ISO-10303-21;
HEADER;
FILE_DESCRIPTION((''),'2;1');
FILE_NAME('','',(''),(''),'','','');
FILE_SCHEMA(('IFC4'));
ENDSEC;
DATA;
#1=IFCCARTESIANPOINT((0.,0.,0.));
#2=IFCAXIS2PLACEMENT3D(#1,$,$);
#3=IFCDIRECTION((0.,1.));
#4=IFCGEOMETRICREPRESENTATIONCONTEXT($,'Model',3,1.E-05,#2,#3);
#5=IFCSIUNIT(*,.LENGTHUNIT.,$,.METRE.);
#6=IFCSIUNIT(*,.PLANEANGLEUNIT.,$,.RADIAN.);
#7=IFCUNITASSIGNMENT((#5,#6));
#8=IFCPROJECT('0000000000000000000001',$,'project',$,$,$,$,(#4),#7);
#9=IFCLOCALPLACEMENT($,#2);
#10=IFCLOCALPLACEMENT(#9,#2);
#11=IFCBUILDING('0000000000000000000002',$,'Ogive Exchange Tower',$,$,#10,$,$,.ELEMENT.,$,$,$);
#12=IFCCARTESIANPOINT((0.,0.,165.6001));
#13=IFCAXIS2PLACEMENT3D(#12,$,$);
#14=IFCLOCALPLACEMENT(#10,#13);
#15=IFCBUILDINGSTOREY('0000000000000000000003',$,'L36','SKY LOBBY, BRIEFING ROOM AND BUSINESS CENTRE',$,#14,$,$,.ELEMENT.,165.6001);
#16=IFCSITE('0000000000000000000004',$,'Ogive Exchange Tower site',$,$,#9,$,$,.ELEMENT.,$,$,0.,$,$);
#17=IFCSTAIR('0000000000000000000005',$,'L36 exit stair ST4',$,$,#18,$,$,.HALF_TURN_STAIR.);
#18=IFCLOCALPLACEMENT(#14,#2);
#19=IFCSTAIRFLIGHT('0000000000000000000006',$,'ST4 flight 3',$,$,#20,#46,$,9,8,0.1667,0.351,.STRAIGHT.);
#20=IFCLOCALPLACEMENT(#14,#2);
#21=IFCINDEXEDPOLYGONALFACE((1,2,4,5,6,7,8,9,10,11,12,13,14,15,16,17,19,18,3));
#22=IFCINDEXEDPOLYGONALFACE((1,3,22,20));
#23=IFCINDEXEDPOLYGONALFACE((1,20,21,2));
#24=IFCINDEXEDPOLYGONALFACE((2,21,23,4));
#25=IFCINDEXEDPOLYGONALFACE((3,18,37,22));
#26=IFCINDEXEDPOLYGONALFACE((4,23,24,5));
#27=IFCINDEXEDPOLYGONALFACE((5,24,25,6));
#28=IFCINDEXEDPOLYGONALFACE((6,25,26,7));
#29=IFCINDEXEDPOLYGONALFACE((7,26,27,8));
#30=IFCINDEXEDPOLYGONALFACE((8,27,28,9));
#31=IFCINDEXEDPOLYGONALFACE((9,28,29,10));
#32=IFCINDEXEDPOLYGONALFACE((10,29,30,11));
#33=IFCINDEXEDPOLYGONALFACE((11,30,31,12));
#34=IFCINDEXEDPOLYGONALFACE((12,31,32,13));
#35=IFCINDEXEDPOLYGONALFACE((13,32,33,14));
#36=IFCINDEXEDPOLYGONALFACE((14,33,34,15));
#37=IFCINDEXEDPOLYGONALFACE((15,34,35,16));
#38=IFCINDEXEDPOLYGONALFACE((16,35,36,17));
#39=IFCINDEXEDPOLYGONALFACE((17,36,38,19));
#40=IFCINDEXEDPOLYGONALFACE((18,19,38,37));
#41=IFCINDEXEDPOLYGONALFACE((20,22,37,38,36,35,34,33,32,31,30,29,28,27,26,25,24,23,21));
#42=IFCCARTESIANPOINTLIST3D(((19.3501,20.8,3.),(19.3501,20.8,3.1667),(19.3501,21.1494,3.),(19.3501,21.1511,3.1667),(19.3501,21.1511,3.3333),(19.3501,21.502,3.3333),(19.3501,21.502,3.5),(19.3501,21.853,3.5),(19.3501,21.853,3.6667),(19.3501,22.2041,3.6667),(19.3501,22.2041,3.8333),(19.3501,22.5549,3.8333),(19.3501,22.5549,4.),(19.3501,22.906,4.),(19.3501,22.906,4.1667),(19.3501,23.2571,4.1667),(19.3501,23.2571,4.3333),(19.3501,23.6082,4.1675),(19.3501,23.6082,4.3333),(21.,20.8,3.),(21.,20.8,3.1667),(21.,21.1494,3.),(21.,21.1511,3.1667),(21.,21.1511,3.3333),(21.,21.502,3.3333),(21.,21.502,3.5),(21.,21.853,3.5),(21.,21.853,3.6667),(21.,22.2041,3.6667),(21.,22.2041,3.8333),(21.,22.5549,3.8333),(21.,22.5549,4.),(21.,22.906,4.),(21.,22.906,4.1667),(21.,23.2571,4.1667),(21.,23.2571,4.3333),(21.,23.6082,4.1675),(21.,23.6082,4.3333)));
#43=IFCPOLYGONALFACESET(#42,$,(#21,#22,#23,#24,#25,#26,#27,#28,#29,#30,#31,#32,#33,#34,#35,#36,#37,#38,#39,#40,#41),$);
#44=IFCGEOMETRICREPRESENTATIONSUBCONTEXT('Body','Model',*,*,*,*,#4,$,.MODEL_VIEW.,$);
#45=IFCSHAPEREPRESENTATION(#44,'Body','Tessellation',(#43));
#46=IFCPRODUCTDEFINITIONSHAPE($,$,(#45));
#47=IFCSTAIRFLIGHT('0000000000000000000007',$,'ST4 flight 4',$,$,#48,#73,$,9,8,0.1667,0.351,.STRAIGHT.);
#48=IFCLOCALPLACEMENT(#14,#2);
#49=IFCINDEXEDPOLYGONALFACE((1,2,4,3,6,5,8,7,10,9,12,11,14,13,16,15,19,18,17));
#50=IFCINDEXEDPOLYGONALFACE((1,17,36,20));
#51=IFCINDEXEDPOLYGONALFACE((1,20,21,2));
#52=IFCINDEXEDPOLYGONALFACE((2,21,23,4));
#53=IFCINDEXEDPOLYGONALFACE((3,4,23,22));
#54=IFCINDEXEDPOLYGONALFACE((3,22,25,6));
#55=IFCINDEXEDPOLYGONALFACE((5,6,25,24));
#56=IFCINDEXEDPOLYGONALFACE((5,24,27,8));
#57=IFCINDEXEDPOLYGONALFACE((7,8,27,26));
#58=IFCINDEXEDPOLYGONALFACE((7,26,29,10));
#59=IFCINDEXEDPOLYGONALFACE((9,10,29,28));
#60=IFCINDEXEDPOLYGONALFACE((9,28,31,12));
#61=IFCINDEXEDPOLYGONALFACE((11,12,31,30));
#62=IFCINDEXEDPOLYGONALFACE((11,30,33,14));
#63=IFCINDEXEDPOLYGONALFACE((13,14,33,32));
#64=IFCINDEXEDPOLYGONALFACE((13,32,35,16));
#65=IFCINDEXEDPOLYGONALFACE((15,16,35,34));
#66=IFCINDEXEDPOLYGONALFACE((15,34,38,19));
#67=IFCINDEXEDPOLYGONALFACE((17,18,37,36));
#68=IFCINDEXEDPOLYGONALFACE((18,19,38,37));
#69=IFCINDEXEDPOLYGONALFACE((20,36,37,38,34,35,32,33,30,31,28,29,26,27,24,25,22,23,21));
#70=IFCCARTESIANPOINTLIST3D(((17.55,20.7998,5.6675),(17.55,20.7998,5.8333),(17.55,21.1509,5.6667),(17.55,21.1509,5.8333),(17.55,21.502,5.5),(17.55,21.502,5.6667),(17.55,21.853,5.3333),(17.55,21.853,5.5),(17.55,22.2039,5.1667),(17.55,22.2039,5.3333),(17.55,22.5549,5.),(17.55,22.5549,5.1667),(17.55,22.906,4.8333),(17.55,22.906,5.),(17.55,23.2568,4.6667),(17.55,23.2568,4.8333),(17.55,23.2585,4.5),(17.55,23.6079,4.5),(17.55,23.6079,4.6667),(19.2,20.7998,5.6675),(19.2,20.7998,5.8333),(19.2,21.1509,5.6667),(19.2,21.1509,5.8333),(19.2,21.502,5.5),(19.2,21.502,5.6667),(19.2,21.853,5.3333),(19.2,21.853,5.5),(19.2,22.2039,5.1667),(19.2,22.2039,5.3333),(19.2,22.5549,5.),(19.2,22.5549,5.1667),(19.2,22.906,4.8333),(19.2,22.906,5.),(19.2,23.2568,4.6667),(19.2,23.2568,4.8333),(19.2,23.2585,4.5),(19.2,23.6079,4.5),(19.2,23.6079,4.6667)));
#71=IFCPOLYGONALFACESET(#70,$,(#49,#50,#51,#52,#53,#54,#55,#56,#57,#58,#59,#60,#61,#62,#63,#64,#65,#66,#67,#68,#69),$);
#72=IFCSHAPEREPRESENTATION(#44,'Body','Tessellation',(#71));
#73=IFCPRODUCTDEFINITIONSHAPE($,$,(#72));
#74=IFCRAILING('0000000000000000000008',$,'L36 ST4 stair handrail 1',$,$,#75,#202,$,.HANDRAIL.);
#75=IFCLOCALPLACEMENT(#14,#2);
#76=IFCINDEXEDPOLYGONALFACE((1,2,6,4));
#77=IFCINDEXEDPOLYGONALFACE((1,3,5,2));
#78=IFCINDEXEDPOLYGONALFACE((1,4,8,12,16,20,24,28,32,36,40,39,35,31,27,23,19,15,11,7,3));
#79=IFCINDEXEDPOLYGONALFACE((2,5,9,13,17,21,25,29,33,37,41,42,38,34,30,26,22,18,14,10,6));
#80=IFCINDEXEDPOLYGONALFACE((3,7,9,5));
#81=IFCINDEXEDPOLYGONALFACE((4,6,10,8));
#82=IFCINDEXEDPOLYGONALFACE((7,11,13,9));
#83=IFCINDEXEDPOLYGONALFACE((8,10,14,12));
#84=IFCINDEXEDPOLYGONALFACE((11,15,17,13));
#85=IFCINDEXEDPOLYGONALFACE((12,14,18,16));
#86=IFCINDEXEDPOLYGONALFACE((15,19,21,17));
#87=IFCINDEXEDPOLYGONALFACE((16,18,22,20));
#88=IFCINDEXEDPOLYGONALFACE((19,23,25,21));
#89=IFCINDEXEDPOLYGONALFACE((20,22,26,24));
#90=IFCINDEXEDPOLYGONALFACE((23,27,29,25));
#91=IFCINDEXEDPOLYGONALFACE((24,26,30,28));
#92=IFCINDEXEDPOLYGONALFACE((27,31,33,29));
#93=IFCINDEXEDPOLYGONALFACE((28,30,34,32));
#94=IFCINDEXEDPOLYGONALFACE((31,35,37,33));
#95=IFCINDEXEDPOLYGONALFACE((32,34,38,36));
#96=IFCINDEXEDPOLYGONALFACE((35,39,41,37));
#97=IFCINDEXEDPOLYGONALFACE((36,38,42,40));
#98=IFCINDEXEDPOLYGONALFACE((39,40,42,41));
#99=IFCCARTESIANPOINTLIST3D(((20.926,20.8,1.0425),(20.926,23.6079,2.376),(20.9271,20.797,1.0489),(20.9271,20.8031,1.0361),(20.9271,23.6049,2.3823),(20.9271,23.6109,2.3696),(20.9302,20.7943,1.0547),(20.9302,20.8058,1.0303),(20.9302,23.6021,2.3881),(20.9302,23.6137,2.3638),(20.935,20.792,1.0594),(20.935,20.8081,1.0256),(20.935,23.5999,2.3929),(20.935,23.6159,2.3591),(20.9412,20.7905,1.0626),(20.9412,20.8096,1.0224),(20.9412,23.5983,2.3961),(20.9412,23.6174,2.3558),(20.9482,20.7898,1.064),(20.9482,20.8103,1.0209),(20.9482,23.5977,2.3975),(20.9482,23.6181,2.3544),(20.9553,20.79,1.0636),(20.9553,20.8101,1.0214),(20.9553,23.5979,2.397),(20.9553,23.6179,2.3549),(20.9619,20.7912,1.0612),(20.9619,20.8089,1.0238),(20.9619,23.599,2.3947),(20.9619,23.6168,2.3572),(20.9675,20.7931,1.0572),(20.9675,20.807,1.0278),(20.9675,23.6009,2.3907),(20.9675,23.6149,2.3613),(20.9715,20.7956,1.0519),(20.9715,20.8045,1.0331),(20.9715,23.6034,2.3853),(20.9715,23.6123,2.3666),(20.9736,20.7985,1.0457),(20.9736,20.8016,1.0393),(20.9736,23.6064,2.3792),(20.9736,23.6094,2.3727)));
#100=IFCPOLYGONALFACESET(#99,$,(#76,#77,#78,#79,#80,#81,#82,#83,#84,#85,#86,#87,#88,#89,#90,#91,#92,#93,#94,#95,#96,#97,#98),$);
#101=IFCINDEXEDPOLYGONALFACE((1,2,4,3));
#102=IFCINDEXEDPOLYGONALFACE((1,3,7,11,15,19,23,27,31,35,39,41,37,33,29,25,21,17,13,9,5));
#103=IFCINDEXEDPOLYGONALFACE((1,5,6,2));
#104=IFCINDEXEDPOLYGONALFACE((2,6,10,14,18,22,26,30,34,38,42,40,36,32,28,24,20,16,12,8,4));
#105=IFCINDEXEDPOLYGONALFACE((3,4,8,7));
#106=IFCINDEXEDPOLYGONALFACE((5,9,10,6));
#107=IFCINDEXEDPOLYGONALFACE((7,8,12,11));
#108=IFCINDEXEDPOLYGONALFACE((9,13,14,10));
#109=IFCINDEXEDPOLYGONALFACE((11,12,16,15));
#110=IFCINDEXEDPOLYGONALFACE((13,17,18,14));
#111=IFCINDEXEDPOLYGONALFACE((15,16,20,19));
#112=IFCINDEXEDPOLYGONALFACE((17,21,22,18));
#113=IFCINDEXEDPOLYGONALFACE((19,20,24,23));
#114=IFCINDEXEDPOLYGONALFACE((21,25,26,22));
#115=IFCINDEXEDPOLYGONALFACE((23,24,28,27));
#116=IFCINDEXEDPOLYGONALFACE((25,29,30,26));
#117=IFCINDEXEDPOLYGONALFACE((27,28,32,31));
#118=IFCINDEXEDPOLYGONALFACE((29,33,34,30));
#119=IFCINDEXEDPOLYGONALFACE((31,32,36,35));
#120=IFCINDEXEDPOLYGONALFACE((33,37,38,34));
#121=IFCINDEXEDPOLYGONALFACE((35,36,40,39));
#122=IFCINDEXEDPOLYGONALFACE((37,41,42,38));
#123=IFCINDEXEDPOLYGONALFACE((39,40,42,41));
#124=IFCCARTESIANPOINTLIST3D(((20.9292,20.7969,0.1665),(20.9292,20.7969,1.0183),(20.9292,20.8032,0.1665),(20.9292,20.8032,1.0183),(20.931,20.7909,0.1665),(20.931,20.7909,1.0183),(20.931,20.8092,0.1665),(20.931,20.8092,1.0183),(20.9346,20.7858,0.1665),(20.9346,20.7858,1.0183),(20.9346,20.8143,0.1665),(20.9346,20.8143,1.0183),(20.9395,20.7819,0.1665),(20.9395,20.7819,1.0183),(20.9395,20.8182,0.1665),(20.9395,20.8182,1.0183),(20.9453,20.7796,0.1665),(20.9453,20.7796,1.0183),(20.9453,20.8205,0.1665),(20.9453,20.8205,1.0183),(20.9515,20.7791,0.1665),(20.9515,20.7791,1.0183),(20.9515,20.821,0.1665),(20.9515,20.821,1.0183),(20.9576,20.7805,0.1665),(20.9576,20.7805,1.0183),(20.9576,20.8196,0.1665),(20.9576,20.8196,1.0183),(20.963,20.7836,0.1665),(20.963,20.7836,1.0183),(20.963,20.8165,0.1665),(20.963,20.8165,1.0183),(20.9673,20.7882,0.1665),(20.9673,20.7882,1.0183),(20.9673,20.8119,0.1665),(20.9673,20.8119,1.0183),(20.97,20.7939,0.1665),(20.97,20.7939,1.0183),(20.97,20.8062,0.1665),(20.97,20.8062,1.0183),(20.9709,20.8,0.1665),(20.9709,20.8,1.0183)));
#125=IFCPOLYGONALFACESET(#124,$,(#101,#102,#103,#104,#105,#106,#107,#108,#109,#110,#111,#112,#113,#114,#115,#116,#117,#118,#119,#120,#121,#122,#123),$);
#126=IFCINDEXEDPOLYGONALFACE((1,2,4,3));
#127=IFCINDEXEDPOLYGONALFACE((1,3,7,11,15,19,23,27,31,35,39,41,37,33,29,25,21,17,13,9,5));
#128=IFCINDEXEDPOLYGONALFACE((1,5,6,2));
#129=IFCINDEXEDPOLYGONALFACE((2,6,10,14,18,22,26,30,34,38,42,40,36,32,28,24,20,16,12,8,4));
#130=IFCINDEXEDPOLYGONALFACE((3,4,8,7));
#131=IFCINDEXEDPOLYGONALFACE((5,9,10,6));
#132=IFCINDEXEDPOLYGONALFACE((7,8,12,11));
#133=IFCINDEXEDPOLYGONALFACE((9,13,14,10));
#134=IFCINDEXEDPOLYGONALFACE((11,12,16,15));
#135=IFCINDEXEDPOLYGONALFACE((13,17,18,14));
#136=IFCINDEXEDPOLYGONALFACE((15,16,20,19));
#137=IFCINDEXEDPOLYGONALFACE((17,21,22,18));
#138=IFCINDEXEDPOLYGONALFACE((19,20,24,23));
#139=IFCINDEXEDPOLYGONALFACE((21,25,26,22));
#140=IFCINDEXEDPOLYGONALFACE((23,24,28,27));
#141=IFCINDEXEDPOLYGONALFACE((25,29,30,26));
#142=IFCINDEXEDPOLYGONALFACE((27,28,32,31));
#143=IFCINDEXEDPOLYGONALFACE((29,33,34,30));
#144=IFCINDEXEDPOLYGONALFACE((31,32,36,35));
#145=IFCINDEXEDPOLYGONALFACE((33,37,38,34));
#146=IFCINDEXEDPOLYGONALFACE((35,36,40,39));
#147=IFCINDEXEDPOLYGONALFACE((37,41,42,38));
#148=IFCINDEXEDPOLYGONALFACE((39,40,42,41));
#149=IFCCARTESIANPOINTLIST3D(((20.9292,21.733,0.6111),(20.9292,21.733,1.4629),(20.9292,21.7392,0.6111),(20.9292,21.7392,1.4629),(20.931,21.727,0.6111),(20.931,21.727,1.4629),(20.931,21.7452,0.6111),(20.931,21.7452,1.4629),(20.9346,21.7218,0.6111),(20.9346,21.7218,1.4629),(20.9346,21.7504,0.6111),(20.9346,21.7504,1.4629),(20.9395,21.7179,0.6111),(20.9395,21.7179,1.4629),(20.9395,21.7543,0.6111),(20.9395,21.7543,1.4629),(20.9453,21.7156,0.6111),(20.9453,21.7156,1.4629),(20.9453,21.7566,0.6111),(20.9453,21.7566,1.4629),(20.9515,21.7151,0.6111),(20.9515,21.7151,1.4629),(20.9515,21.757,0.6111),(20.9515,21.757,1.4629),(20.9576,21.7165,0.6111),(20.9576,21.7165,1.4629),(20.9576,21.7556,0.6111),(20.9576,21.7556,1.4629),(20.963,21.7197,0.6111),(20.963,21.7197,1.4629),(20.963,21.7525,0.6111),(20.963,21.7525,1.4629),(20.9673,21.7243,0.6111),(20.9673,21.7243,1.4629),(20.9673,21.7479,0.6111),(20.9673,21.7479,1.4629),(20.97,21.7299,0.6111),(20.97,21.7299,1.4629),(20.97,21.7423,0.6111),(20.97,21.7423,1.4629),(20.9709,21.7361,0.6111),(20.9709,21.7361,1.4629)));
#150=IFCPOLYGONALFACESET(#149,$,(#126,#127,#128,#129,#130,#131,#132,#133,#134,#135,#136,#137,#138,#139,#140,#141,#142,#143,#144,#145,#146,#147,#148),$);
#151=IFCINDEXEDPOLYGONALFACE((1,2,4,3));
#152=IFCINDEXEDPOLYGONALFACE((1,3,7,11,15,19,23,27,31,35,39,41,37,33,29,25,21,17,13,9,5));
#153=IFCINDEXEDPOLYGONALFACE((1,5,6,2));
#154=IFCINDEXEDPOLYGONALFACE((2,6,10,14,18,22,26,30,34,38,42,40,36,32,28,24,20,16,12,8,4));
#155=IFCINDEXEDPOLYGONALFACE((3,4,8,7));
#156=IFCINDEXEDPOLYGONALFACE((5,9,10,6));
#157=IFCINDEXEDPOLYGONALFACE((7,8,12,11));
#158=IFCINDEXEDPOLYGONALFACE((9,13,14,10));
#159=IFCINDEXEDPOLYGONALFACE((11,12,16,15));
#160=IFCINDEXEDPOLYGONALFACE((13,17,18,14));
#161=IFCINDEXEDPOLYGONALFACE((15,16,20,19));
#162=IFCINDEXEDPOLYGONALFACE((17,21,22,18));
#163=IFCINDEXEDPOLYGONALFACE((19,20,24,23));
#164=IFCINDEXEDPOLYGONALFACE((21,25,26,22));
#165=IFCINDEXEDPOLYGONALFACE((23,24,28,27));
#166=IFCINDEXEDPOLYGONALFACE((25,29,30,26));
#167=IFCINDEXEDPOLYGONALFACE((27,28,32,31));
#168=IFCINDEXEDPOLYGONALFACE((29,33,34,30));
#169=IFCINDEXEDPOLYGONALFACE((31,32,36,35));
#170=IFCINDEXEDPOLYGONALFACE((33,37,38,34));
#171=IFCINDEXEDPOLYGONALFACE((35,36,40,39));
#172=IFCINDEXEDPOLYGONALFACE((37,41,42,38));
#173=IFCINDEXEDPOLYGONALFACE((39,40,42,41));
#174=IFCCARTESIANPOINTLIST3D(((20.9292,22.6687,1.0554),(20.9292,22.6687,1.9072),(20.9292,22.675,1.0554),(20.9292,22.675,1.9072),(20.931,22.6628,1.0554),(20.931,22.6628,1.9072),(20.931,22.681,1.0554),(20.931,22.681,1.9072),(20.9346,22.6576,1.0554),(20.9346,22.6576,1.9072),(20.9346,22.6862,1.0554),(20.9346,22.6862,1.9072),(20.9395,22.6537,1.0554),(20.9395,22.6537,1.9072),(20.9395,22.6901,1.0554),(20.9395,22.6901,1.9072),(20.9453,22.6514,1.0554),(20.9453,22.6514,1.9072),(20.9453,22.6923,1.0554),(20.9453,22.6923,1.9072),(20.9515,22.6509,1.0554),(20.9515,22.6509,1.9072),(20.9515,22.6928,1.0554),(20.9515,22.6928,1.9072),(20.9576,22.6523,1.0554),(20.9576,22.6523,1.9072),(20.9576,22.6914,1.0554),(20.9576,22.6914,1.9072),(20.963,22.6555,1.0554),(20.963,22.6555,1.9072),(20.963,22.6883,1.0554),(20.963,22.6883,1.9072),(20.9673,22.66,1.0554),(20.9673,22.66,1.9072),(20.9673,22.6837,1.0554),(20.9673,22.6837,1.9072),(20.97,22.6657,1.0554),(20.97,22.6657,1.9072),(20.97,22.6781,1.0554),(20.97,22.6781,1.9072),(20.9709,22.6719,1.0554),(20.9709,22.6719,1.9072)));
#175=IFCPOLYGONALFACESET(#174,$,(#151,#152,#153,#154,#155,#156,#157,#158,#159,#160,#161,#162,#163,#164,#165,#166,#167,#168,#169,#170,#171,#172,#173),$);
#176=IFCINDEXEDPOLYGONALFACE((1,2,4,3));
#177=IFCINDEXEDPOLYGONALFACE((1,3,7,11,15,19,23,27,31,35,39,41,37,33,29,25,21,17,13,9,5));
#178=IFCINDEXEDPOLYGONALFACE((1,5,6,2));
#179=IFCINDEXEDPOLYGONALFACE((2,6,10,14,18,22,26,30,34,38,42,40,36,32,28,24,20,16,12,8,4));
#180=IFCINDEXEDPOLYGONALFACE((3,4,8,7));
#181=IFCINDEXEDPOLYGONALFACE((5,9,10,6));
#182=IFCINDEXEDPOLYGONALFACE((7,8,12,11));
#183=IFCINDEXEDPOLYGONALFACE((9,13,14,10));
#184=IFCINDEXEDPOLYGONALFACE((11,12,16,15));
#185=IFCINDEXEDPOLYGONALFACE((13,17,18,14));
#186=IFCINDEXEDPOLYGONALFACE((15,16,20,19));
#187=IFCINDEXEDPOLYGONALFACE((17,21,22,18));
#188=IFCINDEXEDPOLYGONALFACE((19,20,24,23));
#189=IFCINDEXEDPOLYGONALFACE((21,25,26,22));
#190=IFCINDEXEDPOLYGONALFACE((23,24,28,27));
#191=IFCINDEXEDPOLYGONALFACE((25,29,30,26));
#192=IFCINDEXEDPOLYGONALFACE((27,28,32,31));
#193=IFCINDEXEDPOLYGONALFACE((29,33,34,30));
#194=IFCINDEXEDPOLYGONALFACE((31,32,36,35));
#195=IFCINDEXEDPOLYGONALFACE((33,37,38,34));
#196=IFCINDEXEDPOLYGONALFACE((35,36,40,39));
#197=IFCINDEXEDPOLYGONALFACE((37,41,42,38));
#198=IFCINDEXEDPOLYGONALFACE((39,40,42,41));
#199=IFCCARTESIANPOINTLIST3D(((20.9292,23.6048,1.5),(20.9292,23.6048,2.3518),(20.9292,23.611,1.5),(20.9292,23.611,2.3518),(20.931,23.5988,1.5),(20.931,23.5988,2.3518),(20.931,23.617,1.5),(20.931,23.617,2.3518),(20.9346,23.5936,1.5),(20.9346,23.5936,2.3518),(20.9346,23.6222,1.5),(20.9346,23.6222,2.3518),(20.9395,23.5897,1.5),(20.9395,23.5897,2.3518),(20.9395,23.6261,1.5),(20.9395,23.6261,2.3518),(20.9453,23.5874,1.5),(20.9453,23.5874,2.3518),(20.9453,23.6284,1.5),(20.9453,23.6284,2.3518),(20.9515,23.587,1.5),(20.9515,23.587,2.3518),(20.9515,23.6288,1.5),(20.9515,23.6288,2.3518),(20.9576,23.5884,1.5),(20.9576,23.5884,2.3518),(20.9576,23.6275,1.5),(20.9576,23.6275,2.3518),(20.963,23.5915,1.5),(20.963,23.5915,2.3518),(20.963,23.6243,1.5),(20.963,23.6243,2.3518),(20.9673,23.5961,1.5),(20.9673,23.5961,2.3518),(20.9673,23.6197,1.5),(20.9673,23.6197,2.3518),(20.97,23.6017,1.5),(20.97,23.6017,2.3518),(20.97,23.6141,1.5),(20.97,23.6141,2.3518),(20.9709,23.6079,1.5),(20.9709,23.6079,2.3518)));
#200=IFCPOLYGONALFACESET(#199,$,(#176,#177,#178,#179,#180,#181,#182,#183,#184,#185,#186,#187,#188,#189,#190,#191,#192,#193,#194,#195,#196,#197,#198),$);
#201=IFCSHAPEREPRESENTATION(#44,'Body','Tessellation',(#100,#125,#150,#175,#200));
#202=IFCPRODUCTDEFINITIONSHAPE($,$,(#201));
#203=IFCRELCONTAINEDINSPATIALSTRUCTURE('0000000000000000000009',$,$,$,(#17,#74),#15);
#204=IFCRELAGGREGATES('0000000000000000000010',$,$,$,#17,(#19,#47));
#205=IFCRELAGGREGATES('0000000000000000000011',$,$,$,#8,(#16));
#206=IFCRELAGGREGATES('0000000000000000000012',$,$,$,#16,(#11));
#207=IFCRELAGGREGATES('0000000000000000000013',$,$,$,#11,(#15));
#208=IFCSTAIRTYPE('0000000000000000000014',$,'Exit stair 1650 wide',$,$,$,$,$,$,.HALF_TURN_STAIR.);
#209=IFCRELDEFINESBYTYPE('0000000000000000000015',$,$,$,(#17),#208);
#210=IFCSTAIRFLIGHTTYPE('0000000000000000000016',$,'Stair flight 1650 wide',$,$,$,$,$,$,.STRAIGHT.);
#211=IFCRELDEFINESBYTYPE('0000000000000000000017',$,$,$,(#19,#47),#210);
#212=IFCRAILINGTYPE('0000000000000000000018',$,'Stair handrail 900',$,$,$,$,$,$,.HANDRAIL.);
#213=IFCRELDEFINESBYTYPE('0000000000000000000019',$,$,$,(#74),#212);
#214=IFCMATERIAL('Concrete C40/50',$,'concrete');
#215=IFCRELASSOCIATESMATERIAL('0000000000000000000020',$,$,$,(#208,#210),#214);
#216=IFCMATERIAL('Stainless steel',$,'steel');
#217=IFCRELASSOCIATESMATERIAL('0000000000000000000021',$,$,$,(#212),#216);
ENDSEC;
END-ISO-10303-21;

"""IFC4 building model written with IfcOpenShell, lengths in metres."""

from ifc_helpers import new_model, si_unit, direction, frame, origin, origin_2d, place, context, subcontext, project, spatial, polyline, circle, outline, extrude, material, type_object, element, aggregate, save


model = new_model("IFC4")

# Units and contexts
model_context = context("Model", 3, precision=1e-05, world=origin(), true_north=direction((0.0, 1.0)))
body_context = subcontext(model_context, "Body", "Model", "MODEL_VIEW")
ifc_project = project(units=[si_unit("LENGTHUNIT", "METRE"), si_unit("PLANEANGLEUNIT", "RADIAN")], contexts=[model_context])

# Site, building, storey
site_placement = place(None, origin())
site = spatial("IfcSite", under=ifc_project, at=site_placement, Name="Ogive Exchange Tower site", CompositionType="ELEMENT", RefElevation=0.0)
building_placement = place(site_placement, origin())
building = spatial("IfcBuilding", under=site, at=building_placement, Name="Ogive Exchange Tower", CompositionType="ELEMENT")
storey_placement = place(building_placement, frame((0.0, 0.0, 165.6001)))
storey = spatial("IfcBuildingStorey", under=building, at=storey_placement, Name="L36", Description="SKY LOBBY, BRIEFING ROOM AND BUSINESS CENTRE", CompositionType="ELEMENT", Elevation=165.6001)

# Stair, stair flights
ifc_material_1 = material(Name="Concrete C40/50", Category="concrete")
stair_type = type_object("IfcStairType", Name="Exit stair 1650 wide", PredefinedType="HALF_TURN_STAIR", material=ifc_material_1)
stair_placement = place(storey_placement, origin())
stair = element("IfcStair", 1, at=stair_placement, inside=storey, type_object=stair_type, Name="L36 exit stair ST4", PredefinedType="HALF_TURN_STAIR")
stair_flight_type = type_object("IfcStairFlightType", Name="Stair flight 1650 wide", PredefinedType="STRAIGHT", material=ifc_material_1)
stair_flight_1_placement = place(storey_placement, frame((20.175, 20.8, 3.0), z_axis=(0.0, 0.0, 1.0), x_axis=(0.0, 1.0, 0.0)))
stair_flight_1 = element("IfcStairFlight", 2, at=stair_flight_1_placement, type_object=stair_flight_type, Name="ST4 flight 3", NumberOfRisers=9, NumberOfTreads=8, PredefinedType="STRAIGHT", RiserHeight=0.1667, TreadLength=0.351, context=body_context, shape_type="SweptSolid", body=[
    extrude(outline(polyline([(0.0, 0.0), (0.0, 0.1667), (0.3511, 0.1667), (0.3511, 0.3333), (0.7019, 0.3333), (0.7019, 0.5), (1.053, 0.5), (1.053, 0.6667), (1.4041, 0.6667), (1.4041, 0.8333), (1.7549, 0.8333), (1.7549, 1.0), (2.106, 1.0), (2.106, 1.1667), (2.457, 1.1667), (2.457, 1.3333), (2.8081, 1.3333), (2.8081, 1.5), (2.8081, 1.1675), (0.3494, 0.0), (0.0, 0.0)])), frame((0.0, 0.825, 0.0), z_axis=(0.0, -1.0, 0.0), x_axis=(1.0, 0.0, 0.0)), (0.0, 0.0, 1.0), 1.6499),
])
stair_flight_2_placement = place(storey_placement, frame((18.375, 23.6079, 4.5), z_axis=(0.0, 0.0, 1.0), x_axis=(0.0, -1.0, 0.0)))
stair_flight_2 = element("IfcStairFlight", 3, at=stair_flight_2_placement, type_object=stair_flight_type, Name="ST4 flight 4", NumberOfRisers=9, NumberOfTreads=8, PredefinedType="STRAIGHT", RiserHeight=0.1667, TreadLength=0.351, context=body_context, shape_type="SweptSolid", body=[
    extrude(outline(polyline([(0.0, 0.0), (0.0, 0.1667), (0.3511, 0.1667), (0.3511, 0.3333), (0.7019, 0.3333), (0.7019, 0.5), (1.053, 0.5), (1.053, 0.6667), (1.4041, 0.6667), (1.4041, 0.8333), (1.7549, 0.8333), (1.7549, 1.0), (2.106, 1.0), (2.106, 1.1667), (2.457, 1.1667), (2.457, 1.3333), (2.8081, 1.3333), (2.8081, 1.5), (2.8081, 1.1675), (0.3494, 0.0), (0.0, 0.0)])), frame((0.0, 0.825, 0.0), z_axis=(0.0, -1.0, 0.0), x_axis=(1.0, 0.0, 0.0)), (0.0, 0.0, 1.0), 1.6499),
])
aggregate(stair, [stair_flight_1, stair_flight_2])

# Railing
ifc_material_2 = material(Name="Stainless steel", Category="steel")
railing_type = type_object("IfcRailingType", Name="Stair handrail 900", PredefinedType="HANDRAIL", material=ifc_material_2)
for number, where, name in (
    (4, (20.95, 20.8, 0.1665), "L36 ST4 stair handrail 1"),
):
    element("IfcRailing", number, at=place(storey_placement, frame(where)), inside=storey, type_object=railing_type, Name=name, PredefinedType="HANDRAIL", context=body_context, shape_type="SweptSolid", body=[
        extrude(circle(Radius=0.0239, at=origin_2d()), frame((0.0, 0.0, 0.876), z_axis=(0.0, 0.903307, 0.428994), x_axis=(-1.0, 0.0, 0.0)), (0.0, 0.0, 1.0), 3.1084),
        extrude(circle(Radius=0.021, at=origin_2d()), origin(), (0.0, 0.0, 1.0), 0.8518),
        extrude(circle(Radius=0.021, at=origin_2d()), frame((0.0, 0.936, 0.4446)), (0.0, 0.0, 1.0), 0.8518),
        extrude(circle(Radius=0.021, at=origin_2d()), frame((0.0, 1.8718, 0.8889)), (0.0, 0.0, 1.0), 0.8518),
        extrude(circle(Radius=0.021, at=origin_2d()), frame((0.0, 2.8079, 1.3335)), (0.0, 0.0, 1.0), 0.8518),
    ])

save(model, "model.ifc")
